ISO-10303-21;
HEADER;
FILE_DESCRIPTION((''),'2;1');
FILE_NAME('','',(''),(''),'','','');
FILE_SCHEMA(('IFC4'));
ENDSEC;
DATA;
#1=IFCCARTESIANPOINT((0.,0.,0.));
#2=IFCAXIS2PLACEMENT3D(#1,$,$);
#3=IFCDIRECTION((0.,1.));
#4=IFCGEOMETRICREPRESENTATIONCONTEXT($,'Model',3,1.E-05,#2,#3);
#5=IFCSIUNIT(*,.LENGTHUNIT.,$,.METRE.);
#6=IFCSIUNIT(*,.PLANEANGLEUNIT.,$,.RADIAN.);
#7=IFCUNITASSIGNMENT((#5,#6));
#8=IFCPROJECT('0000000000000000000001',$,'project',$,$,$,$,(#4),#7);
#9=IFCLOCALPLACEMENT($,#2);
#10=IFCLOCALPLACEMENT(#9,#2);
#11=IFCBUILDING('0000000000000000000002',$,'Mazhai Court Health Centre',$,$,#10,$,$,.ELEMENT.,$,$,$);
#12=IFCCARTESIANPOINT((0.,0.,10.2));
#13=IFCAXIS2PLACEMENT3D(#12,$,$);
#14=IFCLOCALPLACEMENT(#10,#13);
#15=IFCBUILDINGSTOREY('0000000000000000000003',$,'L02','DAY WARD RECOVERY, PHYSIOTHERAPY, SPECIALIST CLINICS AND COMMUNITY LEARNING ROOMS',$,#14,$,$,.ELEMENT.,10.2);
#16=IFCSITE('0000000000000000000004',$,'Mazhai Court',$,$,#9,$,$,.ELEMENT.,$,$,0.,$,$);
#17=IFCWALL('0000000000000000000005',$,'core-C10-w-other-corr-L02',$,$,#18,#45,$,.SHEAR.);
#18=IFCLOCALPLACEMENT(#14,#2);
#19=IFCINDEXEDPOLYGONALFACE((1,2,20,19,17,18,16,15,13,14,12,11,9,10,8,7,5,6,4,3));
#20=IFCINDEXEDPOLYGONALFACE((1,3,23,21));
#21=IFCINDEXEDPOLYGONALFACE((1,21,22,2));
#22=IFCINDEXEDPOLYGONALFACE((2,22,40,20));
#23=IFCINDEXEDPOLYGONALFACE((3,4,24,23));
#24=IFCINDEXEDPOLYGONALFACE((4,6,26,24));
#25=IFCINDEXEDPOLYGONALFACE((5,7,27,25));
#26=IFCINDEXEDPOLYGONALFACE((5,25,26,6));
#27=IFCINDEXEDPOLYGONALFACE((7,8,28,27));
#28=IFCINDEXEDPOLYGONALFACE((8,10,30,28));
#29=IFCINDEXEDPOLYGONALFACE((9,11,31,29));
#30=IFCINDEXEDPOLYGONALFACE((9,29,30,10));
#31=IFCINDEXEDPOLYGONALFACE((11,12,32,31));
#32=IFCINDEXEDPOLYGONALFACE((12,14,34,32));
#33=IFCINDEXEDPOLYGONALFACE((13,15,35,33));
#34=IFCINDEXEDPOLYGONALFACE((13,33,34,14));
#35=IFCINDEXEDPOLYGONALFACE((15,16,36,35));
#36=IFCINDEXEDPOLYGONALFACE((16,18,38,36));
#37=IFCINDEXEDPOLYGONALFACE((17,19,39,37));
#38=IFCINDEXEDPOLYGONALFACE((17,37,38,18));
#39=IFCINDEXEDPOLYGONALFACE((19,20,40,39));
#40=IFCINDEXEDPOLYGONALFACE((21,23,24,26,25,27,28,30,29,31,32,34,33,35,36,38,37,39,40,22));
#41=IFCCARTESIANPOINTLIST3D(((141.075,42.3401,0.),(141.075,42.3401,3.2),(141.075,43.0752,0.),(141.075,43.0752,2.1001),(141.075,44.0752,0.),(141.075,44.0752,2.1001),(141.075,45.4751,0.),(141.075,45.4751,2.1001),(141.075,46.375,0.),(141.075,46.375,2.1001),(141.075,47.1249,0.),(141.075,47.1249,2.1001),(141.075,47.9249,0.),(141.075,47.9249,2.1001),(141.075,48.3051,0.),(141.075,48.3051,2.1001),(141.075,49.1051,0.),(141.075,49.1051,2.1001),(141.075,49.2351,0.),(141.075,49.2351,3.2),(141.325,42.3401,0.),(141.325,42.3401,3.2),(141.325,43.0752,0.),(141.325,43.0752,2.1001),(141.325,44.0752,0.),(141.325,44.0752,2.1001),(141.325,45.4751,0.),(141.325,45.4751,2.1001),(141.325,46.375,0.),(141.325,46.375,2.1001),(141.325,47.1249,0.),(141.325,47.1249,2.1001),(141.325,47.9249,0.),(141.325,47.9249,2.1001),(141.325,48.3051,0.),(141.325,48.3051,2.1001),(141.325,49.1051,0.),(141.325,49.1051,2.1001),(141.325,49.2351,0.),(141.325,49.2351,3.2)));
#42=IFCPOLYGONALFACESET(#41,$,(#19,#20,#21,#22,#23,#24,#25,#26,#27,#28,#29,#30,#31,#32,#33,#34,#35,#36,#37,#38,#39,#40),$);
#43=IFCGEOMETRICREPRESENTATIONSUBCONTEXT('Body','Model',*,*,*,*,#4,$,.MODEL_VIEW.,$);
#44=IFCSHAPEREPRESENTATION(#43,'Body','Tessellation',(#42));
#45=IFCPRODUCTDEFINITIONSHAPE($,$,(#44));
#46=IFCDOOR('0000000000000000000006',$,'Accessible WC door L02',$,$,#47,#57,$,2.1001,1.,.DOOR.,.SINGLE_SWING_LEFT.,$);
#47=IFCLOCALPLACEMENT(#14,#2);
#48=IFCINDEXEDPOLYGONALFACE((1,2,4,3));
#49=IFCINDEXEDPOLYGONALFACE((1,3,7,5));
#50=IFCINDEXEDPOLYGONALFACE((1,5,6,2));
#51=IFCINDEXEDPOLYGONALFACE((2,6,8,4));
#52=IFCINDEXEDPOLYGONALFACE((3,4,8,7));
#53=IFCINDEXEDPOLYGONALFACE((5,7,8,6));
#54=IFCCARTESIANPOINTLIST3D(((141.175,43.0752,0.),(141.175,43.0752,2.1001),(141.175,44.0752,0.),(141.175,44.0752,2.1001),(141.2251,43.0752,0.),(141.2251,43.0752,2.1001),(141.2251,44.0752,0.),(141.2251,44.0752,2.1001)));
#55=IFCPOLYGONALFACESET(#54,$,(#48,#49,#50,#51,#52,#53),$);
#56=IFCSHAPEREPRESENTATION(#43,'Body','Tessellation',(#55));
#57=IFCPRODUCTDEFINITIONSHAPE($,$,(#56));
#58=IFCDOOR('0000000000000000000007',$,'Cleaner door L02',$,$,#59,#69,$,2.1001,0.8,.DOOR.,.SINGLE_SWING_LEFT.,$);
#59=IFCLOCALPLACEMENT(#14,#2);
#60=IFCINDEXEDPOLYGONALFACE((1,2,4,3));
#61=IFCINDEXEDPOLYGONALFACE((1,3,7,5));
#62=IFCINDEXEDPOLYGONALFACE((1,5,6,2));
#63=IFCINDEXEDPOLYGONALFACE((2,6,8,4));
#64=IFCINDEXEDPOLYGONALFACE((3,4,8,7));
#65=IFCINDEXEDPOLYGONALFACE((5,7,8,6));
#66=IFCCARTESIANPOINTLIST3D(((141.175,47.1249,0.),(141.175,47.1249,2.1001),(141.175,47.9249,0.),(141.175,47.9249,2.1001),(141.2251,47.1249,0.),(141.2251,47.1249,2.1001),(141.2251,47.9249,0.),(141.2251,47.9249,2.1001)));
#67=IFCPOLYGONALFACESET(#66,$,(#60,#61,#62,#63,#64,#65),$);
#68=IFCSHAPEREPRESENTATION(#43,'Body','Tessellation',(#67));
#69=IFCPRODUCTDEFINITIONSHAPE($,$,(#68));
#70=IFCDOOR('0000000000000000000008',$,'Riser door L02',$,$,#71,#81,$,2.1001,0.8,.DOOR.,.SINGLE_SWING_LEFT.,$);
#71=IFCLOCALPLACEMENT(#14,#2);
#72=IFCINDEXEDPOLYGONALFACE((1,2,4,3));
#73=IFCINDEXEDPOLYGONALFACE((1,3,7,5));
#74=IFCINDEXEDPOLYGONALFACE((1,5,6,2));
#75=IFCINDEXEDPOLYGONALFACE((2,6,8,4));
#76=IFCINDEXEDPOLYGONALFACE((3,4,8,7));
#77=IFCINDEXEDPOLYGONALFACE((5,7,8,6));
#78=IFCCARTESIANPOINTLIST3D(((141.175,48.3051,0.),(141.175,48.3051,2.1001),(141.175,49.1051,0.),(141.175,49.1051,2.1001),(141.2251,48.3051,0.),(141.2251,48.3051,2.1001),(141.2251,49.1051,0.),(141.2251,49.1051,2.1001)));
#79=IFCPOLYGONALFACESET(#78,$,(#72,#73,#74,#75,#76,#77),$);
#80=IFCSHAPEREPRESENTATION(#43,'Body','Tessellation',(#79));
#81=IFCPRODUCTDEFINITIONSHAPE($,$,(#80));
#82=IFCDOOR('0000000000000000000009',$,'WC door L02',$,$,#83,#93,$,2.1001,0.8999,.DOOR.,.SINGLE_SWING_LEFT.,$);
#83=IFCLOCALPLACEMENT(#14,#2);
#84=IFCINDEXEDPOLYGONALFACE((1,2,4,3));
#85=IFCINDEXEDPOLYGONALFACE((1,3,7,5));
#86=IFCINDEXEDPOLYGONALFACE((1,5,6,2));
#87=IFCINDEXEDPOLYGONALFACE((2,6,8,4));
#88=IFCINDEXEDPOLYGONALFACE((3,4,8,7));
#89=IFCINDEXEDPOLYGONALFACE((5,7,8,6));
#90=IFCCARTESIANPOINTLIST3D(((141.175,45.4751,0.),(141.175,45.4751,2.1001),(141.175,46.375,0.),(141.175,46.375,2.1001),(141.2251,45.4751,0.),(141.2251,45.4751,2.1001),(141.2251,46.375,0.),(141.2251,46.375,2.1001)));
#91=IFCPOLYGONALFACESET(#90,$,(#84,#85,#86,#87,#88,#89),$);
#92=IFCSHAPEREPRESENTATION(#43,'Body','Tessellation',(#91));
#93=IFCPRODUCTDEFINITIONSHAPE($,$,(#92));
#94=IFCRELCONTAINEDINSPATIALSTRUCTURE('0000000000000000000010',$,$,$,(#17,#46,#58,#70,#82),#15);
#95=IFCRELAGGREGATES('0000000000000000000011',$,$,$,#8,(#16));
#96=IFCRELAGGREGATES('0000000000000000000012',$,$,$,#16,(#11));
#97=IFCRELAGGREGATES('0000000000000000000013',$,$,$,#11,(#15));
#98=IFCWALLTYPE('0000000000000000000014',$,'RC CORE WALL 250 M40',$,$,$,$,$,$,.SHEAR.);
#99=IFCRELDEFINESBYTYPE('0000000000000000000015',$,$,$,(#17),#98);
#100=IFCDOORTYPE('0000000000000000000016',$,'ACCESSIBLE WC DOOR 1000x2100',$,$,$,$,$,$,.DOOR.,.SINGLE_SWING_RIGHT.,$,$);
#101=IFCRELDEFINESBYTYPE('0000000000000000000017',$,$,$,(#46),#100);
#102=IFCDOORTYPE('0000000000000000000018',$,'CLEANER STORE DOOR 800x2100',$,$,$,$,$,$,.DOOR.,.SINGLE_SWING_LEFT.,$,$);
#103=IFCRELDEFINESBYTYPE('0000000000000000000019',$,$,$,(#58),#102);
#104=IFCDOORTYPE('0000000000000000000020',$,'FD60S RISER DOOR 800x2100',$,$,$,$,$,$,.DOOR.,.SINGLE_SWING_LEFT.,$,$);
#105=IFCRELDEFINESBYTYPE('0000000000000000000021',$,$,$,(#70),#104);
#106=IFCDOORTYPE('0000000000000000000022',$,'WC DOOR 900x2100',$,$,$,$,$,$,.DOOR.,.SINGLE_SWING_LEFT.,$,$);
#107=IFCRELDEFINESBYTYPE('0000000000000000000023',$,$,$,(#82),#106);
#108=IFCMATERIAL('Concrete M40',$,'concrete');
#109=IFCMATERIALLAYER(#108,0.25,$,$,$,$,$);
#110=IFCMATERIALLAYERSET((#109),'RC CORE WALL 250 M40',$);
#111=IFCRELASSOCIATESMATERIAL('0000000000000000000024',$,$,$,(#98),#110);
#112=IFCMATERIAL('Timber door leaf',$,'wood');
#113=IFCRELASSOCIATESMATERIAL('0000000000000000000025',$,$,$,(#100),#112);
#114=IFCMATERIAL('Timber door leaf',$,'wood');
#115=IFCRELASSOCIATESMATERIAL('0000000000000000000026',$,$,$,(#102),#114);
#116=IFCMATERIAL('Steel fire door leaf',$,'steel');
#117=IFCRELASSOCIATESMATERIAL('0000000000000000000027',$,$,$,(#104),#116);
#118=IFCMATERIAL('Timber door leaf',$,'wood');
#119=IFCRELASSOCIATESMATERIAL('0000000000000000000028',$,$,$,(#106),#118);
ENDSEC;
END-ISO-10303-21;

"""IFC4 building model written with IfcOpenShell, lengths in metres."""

from ifc_helpers import new_model, si_unit, direction, frame, frame_2d, origin, place, context, subcontext, project, spatial, rectangle, extrude, material, layer, layer_set, type_object, element, fill, save


model = new_model("IFC4")

# Units and contexts
model_context = context("Model", 3, precision=1e-05, world=origin(), true_north=direction((0.0, 1.0)))
body_context = subcontext(model_context, "Body", "Model", "MODEL_VIEW")
ifc_project = project(units=[si_unit("LENGTHUNIT", "METRE"), si_unit("PLANEANGLEUNIT", "RADIAN")], contexts=[model_context])

# Site, building, storey
site_placement = place(None, origin())
site = spatial("IfcSite", under=ifc_project, at=site_placement, Name="Mazhai Court", CompositionType="ELEMENT", RefElevation=0.0)
building_placement = place(site_placement, origin())
building = spatial("IfcBuilding", under=site, at=building_placement, Name="Mazhai Court Health Centre", CompositionType="ELEMENT")
storey_placement = place(building_placement, frame((0.0, 0.0, 10.2)))
storey = spatial("IfcBuildingStorey", under=building, at=storey_placement, Name="L02", Description="DAY WARD RECOVERY, PHYSIOTHERAPY, SPECIALIST CLINICS AND COMMUNITY LEARNING ROOMS", CompositionType="ELEMENT", Elevation=10.2)

# Wall, openings, doors
ifc_material_1 = material(Name="Concrete M40", Category="concrete")
ifc_layer_1 = layer(ifc_material_1, 0.25)
ifc_layer_set_1 = layer_set([ifc_layer_1], Name="RC CORE WALL 250 M40")
wall_type_1 = type_object("IfcWallType", Name="RC CORE WALL 250 M40", PredefinedType="SHEAR", material=ifc_layer_set_1)
wall_1_placement = place(storey_placement, frame((141.2, 42.3401, 0.0), z_axis=(0.0, 0.0, 1.0), x_axis=(0.0, 1.0, 0.0)))
wall_1 = element("IfcWall", 1, at=wall_1_placement, inside=storey, type_object=wall_type_1, Name="core-C10-w-other-corr-L02", PredefinedType="SHEAR", context=body_context, shape_type="SweptSolid", body=[
    extrude(rectangle(XDim=6.895, YDim=0.25, at=frame_2d((3.4475, 0.0))), origin(), (0.0, 0.0, 1.0), 3.2),
])
opening_1_placement = place(wall_1_placement, frame((0.7351, 0.0, 0.0)))
opening_1 = element("IfcOpeningElement", 2, at=opening_1_placement, cuts=wall_1, PredefinedType="OPENING", context=body_context, shape_type="SweptSolid", body=[
    extrude(rectangle(XDim=1.0, YDim=2.1001, at=frame_2d((0.5, 1.05))), frame((0.0, 0.135, 0.0), z_axis=(0.0, -1.0, 0.0), x_axis=(1.0, 0.0, 0.0)), (0.0, 0.0, 1.0), 0.27),
])
opening_2_placement = place(wall_1_placement, frame((3.135, 0.0, 0.0)))
opening_2 = element("IfcOpeningElement", 3, at=opening_2_placement, cuts=wall_1, PredefinedType="OPENING", context=body_context, shape_type="SweptSolid", body=[
    extrude(rectangle(XDim=0.8999, YDim=2.1001, at=frame_2d((0.45, 1.05))), frame((0.0, 0.135, 0.0), z_axis=(0.0, -1.0, 0.0), x_axis=(1.0, 0.0, 0.0)), (0.0, 0.0, 1.0), 0.27),
])
opening_3_placement = place(wall_1_placement, frame((4.7849, 0.0, 0.0)))
opening_3 = element("IfcOpeningElement", 4, at=opening_3_placement, cuts=wall_1, PredefinedType="OPENING", context=body_context, shape_type="SweptSolid", body=[
    extrude(rectangle(XDim=0.8, YDim=2.1001, at=frame_2d((0.3999, 1.05))), frame((0.0, 0.135, 0.0), z_axis=(0.0, -1.0, 0.0), x_axis=(1.0, 0.0, 0.0)), (0.0, 0.0, 1.0), 0.27),
])
opening_4_placement = place(wall_1_placement, frame((5.9651, 0.0, 0.0)))
opening_4 = element("IfcOpeningElement", 5, at=opening_4_placement, cuts=wall_1, PredefinedType="OPENING", context=body_context, shape_type="SweptSolid", body=[
    extrude(rectangle(XDim=0.8, YDim=2.1001, at=frame_2d((0.3999, 1.05))), frame((0.0, 0.135, 0.0), z_axis=(0.0, -1.0, 0.0), x_axis=(1.0, 0.0, 0.0)), (0.0, 0.0, 1.0), 0.27),
])
ifc_material_2 = material(Name="Timber door leaf", Category="wood")
door_type_1 = type_object("IfcDoorType", Name="ACCESSIBLE WC DOOR 1000x2100", OperationType="SINGLE_SWING_RIGHT", PredefinedType="DOOR", material=ifc_material_2)
door_1_placement = place(opening_1_placement, origin())
door_1 = element("IfcDoor", 6, at=door_1_placement, inside=storey, type_object=door_type_1, Name="Accessible WC door L02", OperationType="SINGLE_SWING_LEFT", OverallHeight=2.1001, OverallWidth=1.0, PredefinedType="DOOR", context=body_context, shape_type="SweptSolid", body=[
    extrude(rectangle(XDim=1.0, YDim=2.1001, at=frame_2d((0.5, 1.05))), frame((0.0, 0.0249, 0.0), z_axis=(0.0, -1.0, 0.0), x_axis=(1.0, 0.0, 0.0)), (0.0, 0.0, 1.0), 0.05),
])
fill(opening_1, door_1)
ifc_material_3 = material(Name="Timber door leaf", Category="wood")
door_type_2 = type_object("IfcDoorType", Name="CLEANER STORE DOOR 800x2100", OperationType="SINGLE_SWING_LEFT", PredefinedType="DOOR", material=ifc_material_3)
door_2_placement = place(opening_3_placement, origin())
door_2 = element("IfcDoor", 7, at=door_2_placement, inside=storey, type_object=door_type_2, Name="Cleaner door L02", OperationType="SINGLE_SWING_LEFT", OverallHeight=2.1001, OverallWidth=0.8, PredefinedType="DOOR", context=body_context, shape_type="SweptSolid", body=[
    extrude(rectangle(XDim=0.8, YDim=2.1001, at=frame_2d((0.3999, 1.05))), frame((0.0, 0.0249, 0.0), z_axis=(0.0, -1.0, 0.0), x_axis=(1.0, 0.0, 0.0)), (0.0, 0.0, 1.0), 0.05),
])
fill(opening_3, door_2)
ifc_material_4 = material(Name="Steel fire door leaf", Category="steel")
door_type_3 = type_object("IfcDoorType", Name="FD60S RISER DOOR 800x2100", OperationType="SINGLE_SWING_LEFT", PredefinedType="DOOR", material=ifc_material_4)
door_3_placement = place(opening_4_placement, origin())
door_3 = element("IfcDoor", 8, at=door_3_placement, inside=storey, type_object=door_type_3, Name="Riser door L02", OperationType="SINGLE_SWING_LEFT", OverallHeight=2.1001, OverallWidth=0.8, PredefinedType="DOOR", context=body_context, shape_type="SweptSolid", body=[
    extrude(rectangle(XDim=0.8, YDim=2.1001, at=frame_2d((0.3999, 1.05))), frame((0.0, 0.0249, 0.0), z_axis=(0.0, -1.0, 0.0), x_axis=(1.0, 0.0, 0.0)), (0.0, 0.0, 1.0), 0.05),
])
fill(opening_4, door_3)
ifc_material_5 = material(Name="Timber door leaf", Category="wood")
door_type_4 = type_object("IfcDoorType", Name="WC DOOR 900x2100", OperationType="SINGLE_SWING_LEFT", PredefinedType="DOOR", material=ifc_material_5)
door_4_placement = place(opening_2_placement, origin())
door_4 = element("IfcDoor", 9, at=door_4_placement, inside=storey, type_object=door_type_4, Name="WC door L02", OperationType="SINGLE_SWING_LEFT", OverallHeight=2.1001, OverallWidth=0.8999, PredefinedType="DOOR", context=body_context, shape_type="SweptSolid", body=[
    extrude(rectangle(XDim=0.8999, YDim=2.1001, at=frame_2d((0.45, 1.05))), frame((0.0, 0.0249, 0.0), z_axis=(0.0, -1.0, 0.0), x_axis=(1.0, 0.0, 0.0)), (0.0, 0.0, 1.0), 0.05),
])
fill(opening_2, door_4)

save(model, "model.ifc")
